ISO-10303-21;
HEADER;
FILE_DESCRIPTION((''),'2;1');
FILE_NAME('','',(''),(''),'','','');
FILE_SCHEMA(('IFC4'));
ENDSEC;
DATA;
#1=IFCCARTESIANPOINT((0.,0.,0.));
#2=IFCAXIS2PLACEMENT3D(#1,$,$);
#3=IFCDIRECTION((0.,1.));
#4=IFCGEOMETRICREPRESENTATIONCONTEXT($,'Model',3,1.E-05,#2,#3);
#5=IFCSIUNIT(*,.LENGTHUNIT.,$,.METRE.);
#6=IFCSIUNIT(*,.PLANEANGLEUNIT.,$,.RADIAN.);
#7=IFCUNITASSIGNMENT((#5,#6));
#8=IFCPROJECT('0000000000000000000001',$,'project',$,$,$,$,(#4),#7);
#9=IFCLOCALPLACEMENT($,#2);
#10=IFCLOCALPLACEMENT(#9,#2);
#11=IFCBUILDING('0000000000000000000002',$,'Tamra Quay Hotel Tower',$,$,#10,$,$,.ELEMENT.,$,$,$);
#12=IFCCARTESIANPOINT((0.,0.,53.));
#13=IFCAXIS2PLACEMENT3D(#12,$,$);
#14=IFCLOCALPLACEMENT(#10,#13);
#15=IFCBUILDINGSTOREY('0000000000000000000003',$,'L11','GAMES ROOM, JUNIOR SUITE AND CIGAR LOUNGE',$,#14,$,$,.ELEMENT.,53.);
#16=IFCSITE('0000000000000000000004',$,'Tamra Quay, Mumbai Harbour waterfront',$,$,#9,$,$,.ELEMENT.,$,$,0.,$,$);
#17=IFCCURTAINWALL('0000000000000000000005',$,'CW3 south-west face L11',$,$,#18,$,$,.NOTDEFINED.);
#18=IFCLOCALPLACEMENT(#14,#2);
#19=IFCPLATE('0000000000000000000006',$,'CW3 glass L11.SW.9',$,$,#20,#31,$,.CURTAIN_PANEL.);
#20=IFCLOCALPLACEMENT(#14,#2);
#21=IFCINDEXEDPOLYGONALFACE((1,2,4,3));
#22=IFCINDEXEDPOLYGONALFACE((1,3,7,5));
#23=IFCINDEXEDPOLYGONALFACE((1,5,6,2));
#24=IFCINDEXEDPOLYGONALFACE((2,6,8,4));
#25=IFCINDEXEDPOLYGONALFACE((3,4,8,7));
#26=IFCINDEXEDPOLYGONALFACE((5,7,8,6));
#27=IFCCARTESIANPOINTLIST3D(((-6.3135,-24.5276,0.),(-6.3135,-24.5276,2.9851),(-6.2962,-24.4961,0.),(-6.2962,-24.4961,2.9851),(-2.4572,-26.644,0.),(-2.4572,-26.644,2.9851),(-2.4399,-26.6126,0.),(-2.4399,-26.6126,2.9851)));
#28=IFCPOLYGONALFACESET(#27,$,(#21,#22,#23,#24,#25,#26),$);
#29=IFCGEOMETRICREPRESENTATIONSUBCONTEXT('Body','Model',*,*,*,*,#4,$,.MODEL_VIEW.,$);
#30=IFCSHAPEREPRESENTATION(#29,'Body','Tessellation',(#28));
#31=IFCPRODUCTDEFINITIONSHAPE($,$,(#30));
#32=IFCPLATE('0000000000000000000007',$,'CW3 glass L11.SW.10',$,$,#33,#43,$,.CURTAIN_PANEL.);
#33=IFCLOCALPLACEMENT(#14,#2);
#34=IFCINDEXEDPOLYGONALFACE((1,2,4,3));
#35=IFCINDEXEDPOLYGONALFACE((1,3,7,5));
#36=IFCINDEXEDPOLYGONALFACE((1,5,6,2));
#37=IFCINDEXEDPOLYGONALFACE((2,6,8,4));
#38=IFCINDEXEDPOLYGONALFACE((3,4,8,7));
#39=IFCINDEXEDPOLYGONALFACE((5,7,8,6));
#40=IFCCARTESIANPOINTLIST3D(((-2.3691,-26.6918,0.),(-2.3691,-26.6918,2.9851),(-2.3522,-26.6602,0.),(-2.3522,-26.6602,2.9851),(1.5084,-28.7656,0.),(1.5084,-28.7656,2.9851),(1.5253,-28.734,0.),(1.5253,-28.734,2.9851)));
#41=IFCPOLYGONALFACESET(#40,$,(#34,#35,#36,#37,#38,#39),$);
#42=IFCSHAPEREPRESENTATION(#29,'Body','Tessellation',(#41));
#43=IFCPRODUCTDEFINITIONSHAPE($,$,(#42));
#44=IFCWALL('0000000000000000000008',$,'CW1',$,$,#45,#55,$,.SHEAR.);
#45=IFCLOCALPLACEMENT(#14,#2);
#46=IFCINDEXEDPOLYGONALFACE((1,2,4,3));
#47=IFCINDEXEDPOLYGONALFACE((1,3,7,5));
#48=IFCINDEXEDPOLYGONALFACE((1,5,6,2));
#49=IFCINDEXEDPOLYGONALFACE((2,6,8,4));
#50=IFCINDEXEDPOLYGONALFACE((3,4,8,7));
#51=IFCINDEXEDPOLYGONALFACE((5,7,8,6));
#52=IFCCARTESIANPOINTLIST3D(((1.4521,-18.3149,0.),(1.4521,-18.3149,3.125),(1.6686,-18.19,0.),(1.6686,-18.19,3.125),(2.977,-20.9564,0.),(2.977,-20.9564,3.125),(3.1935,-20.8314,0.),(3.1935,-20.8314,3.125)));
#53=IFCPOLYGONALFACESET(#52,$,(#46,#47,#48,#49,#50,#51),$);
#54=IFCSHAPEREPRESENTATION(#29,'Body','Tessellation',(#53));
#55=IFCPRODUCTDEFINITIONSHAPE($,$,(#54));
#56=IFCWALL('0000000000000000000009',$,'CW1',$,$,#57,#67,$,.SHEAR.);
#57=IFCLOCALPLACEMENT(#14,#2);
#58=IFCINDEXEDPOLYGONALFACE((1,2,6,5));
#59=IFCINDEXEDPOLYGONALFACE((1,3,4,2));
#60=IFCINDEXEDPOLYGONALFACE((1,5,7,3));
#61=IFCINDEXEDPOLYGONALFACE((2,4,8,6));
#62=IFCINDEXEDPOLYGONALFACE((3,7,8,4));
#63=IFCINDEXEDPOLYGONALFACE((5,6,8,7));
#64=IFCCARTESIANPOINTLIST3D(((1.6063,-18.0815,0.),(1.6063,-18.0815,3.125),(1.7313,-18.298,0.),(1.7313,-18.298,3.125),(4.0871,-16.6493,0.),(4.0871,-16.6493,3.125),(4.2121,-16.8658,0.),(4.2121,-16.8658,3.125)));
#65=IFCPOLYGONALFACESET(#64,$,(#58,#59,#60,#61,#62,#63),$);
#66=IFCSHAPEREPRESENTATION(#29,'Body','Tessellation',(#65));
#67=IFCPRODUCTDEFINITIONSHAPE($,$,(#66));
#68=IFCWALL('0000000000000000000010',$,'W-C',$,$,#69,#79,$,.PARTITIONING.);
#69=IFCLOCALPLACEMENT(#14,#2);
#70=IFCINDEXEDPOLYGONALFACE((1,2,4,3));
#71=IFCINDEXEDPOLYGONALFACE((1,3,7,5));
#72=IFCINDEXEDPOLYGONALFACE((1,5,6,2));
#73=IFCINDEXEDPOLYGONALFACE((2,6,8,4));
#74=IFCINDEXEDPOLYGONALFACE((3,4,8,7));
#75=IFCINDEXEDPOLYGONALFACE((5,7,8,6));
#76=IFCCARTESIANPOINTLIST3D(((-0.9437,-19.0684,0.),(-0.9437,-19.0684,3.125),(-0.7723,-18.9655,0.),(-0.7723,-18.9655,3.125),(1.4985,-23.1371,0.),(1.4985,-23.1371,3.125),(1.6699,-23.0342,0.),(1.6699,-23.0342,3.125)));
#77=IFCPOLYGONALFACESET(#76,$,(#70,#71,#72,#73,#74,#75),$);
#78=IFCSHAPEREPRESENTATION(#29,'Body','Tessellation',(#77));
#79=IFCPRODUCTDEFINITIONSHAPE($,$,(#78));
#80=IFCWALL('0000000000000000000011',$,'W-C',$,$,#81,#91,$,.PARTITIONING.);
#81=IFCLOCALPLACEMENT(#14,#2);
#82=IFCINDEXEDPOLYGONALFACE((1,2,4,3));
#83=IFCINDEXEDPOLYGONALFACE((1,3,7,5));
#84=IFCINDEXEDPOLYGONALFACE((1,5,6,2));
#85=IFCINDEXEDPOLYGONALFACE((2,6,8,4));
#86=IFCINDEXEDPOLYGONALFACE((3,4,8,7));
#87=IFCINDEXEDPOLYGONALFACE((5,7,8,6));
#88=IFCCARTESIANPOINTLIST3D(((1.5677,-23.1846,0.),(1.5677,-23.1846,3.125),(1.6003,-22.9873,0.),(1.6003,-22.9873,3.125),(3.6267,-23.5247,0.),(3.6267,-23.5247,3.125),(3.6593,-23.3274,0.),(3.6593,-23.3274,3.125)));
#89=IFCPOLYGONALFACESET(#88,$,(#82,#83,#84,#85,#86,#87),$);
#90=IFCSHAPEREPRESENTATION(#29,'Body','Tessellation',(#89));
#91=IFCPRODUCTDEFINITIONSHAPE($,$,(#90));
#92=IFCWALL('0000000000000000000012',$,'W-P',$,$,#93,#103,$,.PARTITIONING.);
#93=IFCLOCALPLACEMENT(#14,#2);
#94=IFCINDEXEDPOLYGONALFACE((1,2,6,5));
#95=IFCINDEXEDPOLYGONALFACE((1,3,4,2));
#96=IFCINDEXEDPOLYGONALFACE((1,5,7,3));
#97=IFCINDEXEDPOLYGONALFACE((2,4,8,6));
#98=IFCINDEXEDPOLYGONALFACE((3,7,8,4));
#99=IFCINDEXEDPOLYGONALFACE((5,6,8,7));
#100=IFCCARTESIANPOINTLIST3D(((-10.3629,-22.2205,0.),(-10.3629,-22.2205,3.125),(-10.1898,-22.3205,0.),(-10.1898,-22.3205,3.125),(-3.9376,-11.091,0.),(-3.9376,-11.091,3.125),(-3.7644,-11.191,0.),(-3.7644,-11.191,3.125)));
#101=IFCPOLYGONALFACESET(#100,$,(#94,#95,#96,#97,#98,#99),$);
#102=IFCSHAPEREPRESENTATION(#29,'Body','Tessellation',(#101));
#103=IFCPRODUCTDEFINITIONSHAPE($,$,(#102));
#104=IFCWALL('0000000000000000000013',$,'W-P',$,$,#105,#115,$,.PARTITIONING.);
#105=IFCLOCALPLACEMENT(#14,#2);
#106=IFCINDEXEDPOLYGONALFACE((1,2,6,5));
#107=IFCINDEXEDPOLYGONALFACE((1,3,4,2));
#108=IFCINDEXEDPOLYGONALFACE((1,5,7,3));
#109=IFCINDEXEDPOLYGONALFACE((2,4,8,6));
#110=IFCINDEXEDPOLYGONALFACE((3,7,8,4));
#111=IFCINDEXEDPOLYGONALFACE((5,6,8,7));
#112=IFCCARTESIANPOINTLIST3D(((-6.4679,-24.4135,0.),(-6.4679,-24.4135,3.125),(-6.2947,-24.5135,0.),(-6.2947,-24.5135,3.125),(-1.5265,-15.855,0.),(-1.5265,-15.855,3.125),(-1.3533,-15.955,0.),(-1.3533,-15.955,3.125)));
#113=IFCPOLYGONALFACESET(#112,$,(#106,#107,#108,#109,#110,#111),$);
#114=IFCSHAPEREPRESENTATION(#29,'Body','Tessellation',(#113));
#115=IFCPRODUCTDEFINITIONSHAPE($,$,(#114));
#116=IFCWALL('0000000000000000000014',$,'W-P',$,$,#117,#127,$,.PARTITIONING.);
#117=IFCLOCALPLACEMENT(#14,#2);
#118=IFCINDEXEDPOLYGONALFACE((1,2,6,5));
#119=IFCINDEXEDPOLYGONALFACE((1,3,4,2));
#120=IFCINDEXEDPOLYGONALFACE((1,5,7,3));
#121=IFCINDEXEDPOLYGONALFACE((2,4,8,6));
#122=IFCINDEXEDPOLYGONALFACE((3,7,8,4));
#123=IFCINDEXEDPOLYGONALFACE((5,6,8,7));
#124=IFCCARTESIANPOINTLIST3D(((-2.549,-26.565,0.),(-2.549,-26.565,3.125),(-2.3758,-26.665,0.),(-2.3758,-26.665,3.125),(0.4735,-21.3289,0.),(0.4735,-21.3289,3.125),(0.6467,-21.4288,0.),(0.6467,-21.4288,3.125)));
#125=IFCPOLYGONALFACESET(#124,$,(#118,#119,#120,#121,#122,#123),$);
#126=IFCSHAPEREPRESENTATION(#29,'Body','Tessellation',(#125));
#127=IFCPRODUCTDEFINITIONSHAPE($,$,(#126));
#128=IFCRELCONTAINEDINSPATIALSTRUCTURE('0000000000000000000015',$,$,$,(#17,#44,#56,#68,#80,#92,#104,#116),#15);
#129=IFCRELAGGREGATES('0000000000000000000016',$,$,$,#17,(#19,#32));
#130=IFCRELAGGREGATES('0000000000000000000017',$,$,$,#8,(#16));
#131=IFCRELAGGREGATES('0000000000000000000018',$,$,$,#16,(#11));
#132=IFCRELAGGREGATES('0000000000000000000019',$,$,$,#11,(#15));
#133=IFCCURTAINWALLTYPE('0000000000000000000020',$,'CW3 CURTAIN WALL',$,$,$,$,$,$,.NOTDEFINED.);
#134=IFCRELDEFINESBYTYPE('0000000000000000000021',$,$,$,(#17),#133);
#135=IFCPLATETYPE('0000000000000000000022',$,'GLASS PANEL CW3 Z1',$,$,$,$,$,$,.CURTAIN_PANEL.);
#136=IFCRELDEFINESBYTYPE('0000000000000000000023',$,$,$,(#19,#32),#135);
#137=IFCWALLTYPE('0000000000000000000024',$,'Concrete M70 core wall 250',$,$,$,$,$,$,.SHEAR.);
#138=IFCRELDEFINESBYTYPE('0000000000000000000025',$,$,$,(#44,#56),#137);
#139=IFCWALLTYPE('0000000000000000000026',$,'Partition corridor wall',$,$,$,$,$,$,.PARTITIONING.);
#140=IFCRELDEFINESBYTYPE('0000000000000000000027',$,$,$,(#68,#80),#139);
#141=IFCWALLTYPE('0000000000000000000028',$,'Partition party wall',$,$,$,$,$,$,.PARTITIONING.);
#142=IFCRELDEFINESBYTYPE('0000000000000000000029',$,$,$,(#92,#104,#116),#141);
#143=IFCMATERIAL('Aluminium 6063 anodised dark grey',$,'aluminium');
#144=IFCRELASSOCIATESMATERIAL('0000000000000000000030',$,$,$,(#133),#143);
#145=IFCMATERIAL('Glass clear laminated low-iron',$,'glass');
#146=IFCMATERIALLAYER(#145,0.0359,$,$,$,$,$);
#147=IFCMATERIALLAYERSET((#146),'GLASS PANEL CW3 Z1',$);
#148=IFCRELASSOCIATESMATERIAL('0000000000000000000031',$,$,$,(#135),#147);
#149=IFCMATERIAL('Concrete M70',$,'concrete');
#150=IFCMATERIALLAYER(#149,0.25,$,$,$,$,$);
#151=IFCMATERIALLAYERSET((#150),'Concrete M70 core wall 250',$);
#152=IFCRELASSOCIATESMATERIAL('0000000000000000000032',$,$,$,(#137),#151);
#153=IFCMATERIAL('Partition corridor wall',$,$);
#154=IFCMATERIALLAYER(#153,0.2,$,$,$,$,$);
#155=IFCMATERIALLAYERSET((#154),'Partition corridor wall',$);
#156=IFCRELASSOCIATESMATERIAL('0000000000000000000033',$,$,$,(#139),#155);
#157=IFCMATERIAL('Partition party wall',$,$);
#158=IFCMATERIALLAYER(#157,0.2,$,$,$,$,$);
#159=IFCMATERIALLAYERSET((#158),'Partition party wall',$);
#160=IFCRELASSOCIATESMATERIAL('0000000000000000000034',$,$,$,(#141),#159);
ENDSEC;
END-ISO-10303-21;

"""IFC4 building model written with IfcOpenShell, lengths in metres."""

from ifc_helpers import new_model, si_unit, direction, frame, frame_2d, origin, origin_2d, place, context, subcontext, project, spatial, rectangle, extrude, material, layer, layer_set, type_object, element, aggregate, save


model = new_model("IFC4")

# Units and contexts
model_context = context("Model", 3, precision=1e-05, world=origin(), true_north=direction((0.0, 1.0)))
body_context = subcontext(model_context, "Body", "Model", "MODEL_VIEW")
ifc_project = project(units=[si_unit("LENGTHUNIT", "METRE"), si_unit("PLANEANGLEUNIT", "RADIAN")], contexts=[model_context])

# Site, building, storey
site_placement = place(None, origin())
site = spatial("IfcSite", under=ifc_project, at=site_placement, Name="Tamra Quay, Mumbai Harbour waterfront", CompositionType="ELEMENT", RefElevation=0.0)
building_placement = place(site_placement, origin())
building = spatial("IfcBuilding", under=site, at=building_placement, Name="Tamra Quay Hotel Tower", CompositionType="ELEMENT")
storey_placement = place(building_placement, frame((0.0, 0.0, 53.0)))
storey = spatial("IfcBuildingStorey", under=building, at=storey_placement, Name="L11", Description="GAMES ROOM, JUNIOR SUITE AND CIGAR LOUNGE", CompositionType="ELEMENT", Elevation=53.0)

# Shared definitions
ifc_material_1 = material(Name="Concrete M70", Category="concrete")

# Curtain wall
ifc_material_2 = material(Name="Aluminium 6063 anodised dark grey", Category="aluminium")
curtain_wall_type = type_object("IfcCurtainWallType", Name="CW3 CURTAIN WALL", PredefinedType="NOTDEFINED", material=ifc_material_2)
curtain_wall_placement = place(storey_placement, origin())
curtain_wall = element("IfcCurtainWall", 1, at=curtain_wall_placement, inside=storey, type_object=curtain_wall_type, Name="CW3 south-west face L11", PredefinedType="NOTDEFINED")

# Plates
ifc_material_3 = material(Name="Glass clear laminated low-iron", Category="glass")
ifc_layer_1 = layer(ifc_material_3, 0.0359)
ifc_layer_set_1 = layer_set([ifc_layer_1], Name="GLASS PANEL CW3 Z1")
plate_type = type_object("IfcPlateType", Name="GLASS PANEL CW3 Z1", PredefinedType="CURTAIN_PANEL", material=ifc_layer_set_1)
plate_1_placement = place(storey_placement, frame((-4.3767, -25.5701, 0.0), z_axis=(0.0, 0.0, 1.0), x_axis=(0.876651, -0.481127, 0.0)))
plate_1 = element("IfcPlate", 2, at=plate_1_placement, type_object=plate_type, Name="CW3 glass L11.SW.9", PredefinedType="CURTAIN_PANEL", context=body_context, shape_type="SweptSolid", body=[
    extrude(rectangle(XDim=4.3989, YDim=0.0359, at=origin_2d()), origin(), (0.0, 0.0, 1.0), 2.9851),
])
plate_2_placement = place(storey_placement, frame((-0.4219, -27.7129, 0.0), z_axis=(0.0, 0.0, 1.0), x_axis=(0.881806, -0.471612, 0.0)))
plate_2 = element("IfcPlate", 3, at=plate_2_placement, type_object=plate_type, Name="CW3 glass L11.SW.10", PredefinedType="CURTAIN_PANEL", context=body_context, shape_type="SweptSolid", body=[
    extrude(rectangle(XDim=4.3972, YDim=0.0359, at=origin_2d()), origin(), (0.0, 0.0, 1.0), 2.9851),
])
aggregate(curtain_wall, [plate_1, plate_2])

# Walls
ifc_layer_2 = layer(ifc_material_1, 0.25)
ifc_layer_set_2 = layer_set([ifc_layer_2], Name="Concrete M70 core wall 250")
wall_type_1 = type_object("IfcWallType", Name="Concrete M70 core wall 250", PredefinedType="SHEAR", material=ifc_layer_set_2)
wall_1_placement = place(storey_placement, frame((3.0852, -20.8938, 0.0), z_axis=(0.0, 0.0, 1.0), x_axis=(-0.499979, 0.866038, 0.0)))
element("IfcWall", 4, at=wall_1_placement, inside=storey, type_object=wall_type_1, Name="CW1", PredefinedType="SHEAR", context=body_context, shape_type="SweptSolid", body=[
    extrude(rectangle(XDim=3.05, YDim=0.25, at=frame_2d((1.5249, 0.0))), origin(), (0.0, 0.0, 1.0), 3.125),
])
wall_2_placement = place(storey_placement, frame((1.6689, -18.1897, 0.0), z_axis=(0.0, 0.0, 1.0), x_axis=(0.866042, 0.499971, 0.0)))
element("IfcWall", 5, at=wall_2_placement, inside=storey, type_object=wall_type_1, Name="CW1", PredefinedType="SHEAR", context=body_context, shape_type="SweptSolid", body=[
    extrude(rectangle(XDim=2.8645, YDim=0.25, at=frame_2d((1.4321, 0.0))), origin(), (0.0, 0.0, 1.0), 3.125),
])
ifc_material_4 = material(Name="Partition corridor wall")
ifc_layer_3 = layer(ifc_material_4, 0.2)
ifc_layer_set_3 = layer_set([ifc_layer_3], Name="Partition corridor wall")
wall_type_2 = type_object("IfcWallType", Name="Partition corridor wall", PredefinedType="PARTITIONING", material=ifc_layer_set_3)
wall_3_placement = place(storey_placement, frame((-0.8579, -19.0171, 0.0), z_axis=(0.0, 0.0, 1.0), x_axis=(0.514647, -0.857402, 0.0)))
element("IfcWall", 6, at=wall_3_placement, inside=storey, type_object=wall_type_2, Name="W-C", PredefinedType="PARTITIONING", context=body_context, shape_type="SweptSolid", body=[
    extrude(rectangle(XDim=4.7454, YDim=0.2, at=frame_2d((2.3726, 0.0))), origin(), (0.0, 0.0, 1.0), 3.125),
])
wall_4_placement = place(storey_placement, frame((1.584, -23.0859, 0.0), z_axis=(0.0, 0.0, 1.0), x_axis=(0.986633, -0.162957, 0.0)))
element("IfcWall", 7, at=wall_4_placement, inside=storey, type_object=wall_type_2, Name="W-C", PredefinedType="PARTITIONING", context=body_context, shape_type="SweptSolid", body=[
    extrude(rectangle(XDim=2.0869, YDim=0.2, at=frame_2d((1.0435, 0.0))), origin(), (0.0, 0.0, 1.0), 3.125),
])
ifc_material_5 = material(Name="Partition party wall")
ifc_layer_4 = layer(ifc_material_5, 0.2)
ifc_layer_set_4 = layer_set([ifc_layer_4], Name="Partition party wall")
wall_type_3 = type_object("IfcWallType", Name="Partition party wall", PredefinedType="PARTITIONING", material=ifc_layer_set_4)
wall_5_placement = place(storey_placement, frame((-10.2764, -22.2705, 0.0), z_axis=(0.0, 0.0, 1.0), x_axis=(0.499984, 0.866034, 0.0)))
element("IfcWall", 8, at=wall_5_placement, inside=storey, type_object=wall_type_3, Name="W-P", PredefinedType="PARTITIONING", context=body_context, shape_type="SweptSolid", body=[
    extrude(rectangle(XDim=12.8511, YDim=0.2, at=frame_2d((6.4255, 0.0))), origin(), (0.0, 0.0, 1.0), 3.125),
])
wall_6_placement = place(storey_placement, frame((-6.3813, -24.4636, 0.0), z_axis=(0.0, 0.0, 1.0), x_axis=(0.500008, 0.866021, 0.0)))
element("IfcWall", 9, at=wall_6_placement, inside=storey, type_object=wall_type_3, Name="W-P", PredefinedType="PARTITIONING", context=body_context, shape_type="SweptSolid", body=[
    extrude(rectangle(XDim=9.8826, YDim=0.2, at=frame_2d((4.9414, 0.0))), origin(), (0.0, 0.0, 1.0), 3.125),
])
wall_7_placement = place(storey_placement, frame((-2.4624, -26.615, 0.0), z_axis=(0.0, 0.0, 1.0), x_axis=(0.499926, 0.866068, 0.0)))
element("IfcWall", 10, at=wall_7_placement, inside=storey, type_object=wall_type_3, Name="W-P", PredefinedType="PARTITIONING", context=body_context, shape_type="SweptSolid", body=[
    extrude(rectangle(XDim=6.0459, YDim=0.2, at=frame_2d((3.0229, 0.0))), origin(), (0.0, 0.0, 1.0), 3.125),
])

save(model, "model.ifc")
